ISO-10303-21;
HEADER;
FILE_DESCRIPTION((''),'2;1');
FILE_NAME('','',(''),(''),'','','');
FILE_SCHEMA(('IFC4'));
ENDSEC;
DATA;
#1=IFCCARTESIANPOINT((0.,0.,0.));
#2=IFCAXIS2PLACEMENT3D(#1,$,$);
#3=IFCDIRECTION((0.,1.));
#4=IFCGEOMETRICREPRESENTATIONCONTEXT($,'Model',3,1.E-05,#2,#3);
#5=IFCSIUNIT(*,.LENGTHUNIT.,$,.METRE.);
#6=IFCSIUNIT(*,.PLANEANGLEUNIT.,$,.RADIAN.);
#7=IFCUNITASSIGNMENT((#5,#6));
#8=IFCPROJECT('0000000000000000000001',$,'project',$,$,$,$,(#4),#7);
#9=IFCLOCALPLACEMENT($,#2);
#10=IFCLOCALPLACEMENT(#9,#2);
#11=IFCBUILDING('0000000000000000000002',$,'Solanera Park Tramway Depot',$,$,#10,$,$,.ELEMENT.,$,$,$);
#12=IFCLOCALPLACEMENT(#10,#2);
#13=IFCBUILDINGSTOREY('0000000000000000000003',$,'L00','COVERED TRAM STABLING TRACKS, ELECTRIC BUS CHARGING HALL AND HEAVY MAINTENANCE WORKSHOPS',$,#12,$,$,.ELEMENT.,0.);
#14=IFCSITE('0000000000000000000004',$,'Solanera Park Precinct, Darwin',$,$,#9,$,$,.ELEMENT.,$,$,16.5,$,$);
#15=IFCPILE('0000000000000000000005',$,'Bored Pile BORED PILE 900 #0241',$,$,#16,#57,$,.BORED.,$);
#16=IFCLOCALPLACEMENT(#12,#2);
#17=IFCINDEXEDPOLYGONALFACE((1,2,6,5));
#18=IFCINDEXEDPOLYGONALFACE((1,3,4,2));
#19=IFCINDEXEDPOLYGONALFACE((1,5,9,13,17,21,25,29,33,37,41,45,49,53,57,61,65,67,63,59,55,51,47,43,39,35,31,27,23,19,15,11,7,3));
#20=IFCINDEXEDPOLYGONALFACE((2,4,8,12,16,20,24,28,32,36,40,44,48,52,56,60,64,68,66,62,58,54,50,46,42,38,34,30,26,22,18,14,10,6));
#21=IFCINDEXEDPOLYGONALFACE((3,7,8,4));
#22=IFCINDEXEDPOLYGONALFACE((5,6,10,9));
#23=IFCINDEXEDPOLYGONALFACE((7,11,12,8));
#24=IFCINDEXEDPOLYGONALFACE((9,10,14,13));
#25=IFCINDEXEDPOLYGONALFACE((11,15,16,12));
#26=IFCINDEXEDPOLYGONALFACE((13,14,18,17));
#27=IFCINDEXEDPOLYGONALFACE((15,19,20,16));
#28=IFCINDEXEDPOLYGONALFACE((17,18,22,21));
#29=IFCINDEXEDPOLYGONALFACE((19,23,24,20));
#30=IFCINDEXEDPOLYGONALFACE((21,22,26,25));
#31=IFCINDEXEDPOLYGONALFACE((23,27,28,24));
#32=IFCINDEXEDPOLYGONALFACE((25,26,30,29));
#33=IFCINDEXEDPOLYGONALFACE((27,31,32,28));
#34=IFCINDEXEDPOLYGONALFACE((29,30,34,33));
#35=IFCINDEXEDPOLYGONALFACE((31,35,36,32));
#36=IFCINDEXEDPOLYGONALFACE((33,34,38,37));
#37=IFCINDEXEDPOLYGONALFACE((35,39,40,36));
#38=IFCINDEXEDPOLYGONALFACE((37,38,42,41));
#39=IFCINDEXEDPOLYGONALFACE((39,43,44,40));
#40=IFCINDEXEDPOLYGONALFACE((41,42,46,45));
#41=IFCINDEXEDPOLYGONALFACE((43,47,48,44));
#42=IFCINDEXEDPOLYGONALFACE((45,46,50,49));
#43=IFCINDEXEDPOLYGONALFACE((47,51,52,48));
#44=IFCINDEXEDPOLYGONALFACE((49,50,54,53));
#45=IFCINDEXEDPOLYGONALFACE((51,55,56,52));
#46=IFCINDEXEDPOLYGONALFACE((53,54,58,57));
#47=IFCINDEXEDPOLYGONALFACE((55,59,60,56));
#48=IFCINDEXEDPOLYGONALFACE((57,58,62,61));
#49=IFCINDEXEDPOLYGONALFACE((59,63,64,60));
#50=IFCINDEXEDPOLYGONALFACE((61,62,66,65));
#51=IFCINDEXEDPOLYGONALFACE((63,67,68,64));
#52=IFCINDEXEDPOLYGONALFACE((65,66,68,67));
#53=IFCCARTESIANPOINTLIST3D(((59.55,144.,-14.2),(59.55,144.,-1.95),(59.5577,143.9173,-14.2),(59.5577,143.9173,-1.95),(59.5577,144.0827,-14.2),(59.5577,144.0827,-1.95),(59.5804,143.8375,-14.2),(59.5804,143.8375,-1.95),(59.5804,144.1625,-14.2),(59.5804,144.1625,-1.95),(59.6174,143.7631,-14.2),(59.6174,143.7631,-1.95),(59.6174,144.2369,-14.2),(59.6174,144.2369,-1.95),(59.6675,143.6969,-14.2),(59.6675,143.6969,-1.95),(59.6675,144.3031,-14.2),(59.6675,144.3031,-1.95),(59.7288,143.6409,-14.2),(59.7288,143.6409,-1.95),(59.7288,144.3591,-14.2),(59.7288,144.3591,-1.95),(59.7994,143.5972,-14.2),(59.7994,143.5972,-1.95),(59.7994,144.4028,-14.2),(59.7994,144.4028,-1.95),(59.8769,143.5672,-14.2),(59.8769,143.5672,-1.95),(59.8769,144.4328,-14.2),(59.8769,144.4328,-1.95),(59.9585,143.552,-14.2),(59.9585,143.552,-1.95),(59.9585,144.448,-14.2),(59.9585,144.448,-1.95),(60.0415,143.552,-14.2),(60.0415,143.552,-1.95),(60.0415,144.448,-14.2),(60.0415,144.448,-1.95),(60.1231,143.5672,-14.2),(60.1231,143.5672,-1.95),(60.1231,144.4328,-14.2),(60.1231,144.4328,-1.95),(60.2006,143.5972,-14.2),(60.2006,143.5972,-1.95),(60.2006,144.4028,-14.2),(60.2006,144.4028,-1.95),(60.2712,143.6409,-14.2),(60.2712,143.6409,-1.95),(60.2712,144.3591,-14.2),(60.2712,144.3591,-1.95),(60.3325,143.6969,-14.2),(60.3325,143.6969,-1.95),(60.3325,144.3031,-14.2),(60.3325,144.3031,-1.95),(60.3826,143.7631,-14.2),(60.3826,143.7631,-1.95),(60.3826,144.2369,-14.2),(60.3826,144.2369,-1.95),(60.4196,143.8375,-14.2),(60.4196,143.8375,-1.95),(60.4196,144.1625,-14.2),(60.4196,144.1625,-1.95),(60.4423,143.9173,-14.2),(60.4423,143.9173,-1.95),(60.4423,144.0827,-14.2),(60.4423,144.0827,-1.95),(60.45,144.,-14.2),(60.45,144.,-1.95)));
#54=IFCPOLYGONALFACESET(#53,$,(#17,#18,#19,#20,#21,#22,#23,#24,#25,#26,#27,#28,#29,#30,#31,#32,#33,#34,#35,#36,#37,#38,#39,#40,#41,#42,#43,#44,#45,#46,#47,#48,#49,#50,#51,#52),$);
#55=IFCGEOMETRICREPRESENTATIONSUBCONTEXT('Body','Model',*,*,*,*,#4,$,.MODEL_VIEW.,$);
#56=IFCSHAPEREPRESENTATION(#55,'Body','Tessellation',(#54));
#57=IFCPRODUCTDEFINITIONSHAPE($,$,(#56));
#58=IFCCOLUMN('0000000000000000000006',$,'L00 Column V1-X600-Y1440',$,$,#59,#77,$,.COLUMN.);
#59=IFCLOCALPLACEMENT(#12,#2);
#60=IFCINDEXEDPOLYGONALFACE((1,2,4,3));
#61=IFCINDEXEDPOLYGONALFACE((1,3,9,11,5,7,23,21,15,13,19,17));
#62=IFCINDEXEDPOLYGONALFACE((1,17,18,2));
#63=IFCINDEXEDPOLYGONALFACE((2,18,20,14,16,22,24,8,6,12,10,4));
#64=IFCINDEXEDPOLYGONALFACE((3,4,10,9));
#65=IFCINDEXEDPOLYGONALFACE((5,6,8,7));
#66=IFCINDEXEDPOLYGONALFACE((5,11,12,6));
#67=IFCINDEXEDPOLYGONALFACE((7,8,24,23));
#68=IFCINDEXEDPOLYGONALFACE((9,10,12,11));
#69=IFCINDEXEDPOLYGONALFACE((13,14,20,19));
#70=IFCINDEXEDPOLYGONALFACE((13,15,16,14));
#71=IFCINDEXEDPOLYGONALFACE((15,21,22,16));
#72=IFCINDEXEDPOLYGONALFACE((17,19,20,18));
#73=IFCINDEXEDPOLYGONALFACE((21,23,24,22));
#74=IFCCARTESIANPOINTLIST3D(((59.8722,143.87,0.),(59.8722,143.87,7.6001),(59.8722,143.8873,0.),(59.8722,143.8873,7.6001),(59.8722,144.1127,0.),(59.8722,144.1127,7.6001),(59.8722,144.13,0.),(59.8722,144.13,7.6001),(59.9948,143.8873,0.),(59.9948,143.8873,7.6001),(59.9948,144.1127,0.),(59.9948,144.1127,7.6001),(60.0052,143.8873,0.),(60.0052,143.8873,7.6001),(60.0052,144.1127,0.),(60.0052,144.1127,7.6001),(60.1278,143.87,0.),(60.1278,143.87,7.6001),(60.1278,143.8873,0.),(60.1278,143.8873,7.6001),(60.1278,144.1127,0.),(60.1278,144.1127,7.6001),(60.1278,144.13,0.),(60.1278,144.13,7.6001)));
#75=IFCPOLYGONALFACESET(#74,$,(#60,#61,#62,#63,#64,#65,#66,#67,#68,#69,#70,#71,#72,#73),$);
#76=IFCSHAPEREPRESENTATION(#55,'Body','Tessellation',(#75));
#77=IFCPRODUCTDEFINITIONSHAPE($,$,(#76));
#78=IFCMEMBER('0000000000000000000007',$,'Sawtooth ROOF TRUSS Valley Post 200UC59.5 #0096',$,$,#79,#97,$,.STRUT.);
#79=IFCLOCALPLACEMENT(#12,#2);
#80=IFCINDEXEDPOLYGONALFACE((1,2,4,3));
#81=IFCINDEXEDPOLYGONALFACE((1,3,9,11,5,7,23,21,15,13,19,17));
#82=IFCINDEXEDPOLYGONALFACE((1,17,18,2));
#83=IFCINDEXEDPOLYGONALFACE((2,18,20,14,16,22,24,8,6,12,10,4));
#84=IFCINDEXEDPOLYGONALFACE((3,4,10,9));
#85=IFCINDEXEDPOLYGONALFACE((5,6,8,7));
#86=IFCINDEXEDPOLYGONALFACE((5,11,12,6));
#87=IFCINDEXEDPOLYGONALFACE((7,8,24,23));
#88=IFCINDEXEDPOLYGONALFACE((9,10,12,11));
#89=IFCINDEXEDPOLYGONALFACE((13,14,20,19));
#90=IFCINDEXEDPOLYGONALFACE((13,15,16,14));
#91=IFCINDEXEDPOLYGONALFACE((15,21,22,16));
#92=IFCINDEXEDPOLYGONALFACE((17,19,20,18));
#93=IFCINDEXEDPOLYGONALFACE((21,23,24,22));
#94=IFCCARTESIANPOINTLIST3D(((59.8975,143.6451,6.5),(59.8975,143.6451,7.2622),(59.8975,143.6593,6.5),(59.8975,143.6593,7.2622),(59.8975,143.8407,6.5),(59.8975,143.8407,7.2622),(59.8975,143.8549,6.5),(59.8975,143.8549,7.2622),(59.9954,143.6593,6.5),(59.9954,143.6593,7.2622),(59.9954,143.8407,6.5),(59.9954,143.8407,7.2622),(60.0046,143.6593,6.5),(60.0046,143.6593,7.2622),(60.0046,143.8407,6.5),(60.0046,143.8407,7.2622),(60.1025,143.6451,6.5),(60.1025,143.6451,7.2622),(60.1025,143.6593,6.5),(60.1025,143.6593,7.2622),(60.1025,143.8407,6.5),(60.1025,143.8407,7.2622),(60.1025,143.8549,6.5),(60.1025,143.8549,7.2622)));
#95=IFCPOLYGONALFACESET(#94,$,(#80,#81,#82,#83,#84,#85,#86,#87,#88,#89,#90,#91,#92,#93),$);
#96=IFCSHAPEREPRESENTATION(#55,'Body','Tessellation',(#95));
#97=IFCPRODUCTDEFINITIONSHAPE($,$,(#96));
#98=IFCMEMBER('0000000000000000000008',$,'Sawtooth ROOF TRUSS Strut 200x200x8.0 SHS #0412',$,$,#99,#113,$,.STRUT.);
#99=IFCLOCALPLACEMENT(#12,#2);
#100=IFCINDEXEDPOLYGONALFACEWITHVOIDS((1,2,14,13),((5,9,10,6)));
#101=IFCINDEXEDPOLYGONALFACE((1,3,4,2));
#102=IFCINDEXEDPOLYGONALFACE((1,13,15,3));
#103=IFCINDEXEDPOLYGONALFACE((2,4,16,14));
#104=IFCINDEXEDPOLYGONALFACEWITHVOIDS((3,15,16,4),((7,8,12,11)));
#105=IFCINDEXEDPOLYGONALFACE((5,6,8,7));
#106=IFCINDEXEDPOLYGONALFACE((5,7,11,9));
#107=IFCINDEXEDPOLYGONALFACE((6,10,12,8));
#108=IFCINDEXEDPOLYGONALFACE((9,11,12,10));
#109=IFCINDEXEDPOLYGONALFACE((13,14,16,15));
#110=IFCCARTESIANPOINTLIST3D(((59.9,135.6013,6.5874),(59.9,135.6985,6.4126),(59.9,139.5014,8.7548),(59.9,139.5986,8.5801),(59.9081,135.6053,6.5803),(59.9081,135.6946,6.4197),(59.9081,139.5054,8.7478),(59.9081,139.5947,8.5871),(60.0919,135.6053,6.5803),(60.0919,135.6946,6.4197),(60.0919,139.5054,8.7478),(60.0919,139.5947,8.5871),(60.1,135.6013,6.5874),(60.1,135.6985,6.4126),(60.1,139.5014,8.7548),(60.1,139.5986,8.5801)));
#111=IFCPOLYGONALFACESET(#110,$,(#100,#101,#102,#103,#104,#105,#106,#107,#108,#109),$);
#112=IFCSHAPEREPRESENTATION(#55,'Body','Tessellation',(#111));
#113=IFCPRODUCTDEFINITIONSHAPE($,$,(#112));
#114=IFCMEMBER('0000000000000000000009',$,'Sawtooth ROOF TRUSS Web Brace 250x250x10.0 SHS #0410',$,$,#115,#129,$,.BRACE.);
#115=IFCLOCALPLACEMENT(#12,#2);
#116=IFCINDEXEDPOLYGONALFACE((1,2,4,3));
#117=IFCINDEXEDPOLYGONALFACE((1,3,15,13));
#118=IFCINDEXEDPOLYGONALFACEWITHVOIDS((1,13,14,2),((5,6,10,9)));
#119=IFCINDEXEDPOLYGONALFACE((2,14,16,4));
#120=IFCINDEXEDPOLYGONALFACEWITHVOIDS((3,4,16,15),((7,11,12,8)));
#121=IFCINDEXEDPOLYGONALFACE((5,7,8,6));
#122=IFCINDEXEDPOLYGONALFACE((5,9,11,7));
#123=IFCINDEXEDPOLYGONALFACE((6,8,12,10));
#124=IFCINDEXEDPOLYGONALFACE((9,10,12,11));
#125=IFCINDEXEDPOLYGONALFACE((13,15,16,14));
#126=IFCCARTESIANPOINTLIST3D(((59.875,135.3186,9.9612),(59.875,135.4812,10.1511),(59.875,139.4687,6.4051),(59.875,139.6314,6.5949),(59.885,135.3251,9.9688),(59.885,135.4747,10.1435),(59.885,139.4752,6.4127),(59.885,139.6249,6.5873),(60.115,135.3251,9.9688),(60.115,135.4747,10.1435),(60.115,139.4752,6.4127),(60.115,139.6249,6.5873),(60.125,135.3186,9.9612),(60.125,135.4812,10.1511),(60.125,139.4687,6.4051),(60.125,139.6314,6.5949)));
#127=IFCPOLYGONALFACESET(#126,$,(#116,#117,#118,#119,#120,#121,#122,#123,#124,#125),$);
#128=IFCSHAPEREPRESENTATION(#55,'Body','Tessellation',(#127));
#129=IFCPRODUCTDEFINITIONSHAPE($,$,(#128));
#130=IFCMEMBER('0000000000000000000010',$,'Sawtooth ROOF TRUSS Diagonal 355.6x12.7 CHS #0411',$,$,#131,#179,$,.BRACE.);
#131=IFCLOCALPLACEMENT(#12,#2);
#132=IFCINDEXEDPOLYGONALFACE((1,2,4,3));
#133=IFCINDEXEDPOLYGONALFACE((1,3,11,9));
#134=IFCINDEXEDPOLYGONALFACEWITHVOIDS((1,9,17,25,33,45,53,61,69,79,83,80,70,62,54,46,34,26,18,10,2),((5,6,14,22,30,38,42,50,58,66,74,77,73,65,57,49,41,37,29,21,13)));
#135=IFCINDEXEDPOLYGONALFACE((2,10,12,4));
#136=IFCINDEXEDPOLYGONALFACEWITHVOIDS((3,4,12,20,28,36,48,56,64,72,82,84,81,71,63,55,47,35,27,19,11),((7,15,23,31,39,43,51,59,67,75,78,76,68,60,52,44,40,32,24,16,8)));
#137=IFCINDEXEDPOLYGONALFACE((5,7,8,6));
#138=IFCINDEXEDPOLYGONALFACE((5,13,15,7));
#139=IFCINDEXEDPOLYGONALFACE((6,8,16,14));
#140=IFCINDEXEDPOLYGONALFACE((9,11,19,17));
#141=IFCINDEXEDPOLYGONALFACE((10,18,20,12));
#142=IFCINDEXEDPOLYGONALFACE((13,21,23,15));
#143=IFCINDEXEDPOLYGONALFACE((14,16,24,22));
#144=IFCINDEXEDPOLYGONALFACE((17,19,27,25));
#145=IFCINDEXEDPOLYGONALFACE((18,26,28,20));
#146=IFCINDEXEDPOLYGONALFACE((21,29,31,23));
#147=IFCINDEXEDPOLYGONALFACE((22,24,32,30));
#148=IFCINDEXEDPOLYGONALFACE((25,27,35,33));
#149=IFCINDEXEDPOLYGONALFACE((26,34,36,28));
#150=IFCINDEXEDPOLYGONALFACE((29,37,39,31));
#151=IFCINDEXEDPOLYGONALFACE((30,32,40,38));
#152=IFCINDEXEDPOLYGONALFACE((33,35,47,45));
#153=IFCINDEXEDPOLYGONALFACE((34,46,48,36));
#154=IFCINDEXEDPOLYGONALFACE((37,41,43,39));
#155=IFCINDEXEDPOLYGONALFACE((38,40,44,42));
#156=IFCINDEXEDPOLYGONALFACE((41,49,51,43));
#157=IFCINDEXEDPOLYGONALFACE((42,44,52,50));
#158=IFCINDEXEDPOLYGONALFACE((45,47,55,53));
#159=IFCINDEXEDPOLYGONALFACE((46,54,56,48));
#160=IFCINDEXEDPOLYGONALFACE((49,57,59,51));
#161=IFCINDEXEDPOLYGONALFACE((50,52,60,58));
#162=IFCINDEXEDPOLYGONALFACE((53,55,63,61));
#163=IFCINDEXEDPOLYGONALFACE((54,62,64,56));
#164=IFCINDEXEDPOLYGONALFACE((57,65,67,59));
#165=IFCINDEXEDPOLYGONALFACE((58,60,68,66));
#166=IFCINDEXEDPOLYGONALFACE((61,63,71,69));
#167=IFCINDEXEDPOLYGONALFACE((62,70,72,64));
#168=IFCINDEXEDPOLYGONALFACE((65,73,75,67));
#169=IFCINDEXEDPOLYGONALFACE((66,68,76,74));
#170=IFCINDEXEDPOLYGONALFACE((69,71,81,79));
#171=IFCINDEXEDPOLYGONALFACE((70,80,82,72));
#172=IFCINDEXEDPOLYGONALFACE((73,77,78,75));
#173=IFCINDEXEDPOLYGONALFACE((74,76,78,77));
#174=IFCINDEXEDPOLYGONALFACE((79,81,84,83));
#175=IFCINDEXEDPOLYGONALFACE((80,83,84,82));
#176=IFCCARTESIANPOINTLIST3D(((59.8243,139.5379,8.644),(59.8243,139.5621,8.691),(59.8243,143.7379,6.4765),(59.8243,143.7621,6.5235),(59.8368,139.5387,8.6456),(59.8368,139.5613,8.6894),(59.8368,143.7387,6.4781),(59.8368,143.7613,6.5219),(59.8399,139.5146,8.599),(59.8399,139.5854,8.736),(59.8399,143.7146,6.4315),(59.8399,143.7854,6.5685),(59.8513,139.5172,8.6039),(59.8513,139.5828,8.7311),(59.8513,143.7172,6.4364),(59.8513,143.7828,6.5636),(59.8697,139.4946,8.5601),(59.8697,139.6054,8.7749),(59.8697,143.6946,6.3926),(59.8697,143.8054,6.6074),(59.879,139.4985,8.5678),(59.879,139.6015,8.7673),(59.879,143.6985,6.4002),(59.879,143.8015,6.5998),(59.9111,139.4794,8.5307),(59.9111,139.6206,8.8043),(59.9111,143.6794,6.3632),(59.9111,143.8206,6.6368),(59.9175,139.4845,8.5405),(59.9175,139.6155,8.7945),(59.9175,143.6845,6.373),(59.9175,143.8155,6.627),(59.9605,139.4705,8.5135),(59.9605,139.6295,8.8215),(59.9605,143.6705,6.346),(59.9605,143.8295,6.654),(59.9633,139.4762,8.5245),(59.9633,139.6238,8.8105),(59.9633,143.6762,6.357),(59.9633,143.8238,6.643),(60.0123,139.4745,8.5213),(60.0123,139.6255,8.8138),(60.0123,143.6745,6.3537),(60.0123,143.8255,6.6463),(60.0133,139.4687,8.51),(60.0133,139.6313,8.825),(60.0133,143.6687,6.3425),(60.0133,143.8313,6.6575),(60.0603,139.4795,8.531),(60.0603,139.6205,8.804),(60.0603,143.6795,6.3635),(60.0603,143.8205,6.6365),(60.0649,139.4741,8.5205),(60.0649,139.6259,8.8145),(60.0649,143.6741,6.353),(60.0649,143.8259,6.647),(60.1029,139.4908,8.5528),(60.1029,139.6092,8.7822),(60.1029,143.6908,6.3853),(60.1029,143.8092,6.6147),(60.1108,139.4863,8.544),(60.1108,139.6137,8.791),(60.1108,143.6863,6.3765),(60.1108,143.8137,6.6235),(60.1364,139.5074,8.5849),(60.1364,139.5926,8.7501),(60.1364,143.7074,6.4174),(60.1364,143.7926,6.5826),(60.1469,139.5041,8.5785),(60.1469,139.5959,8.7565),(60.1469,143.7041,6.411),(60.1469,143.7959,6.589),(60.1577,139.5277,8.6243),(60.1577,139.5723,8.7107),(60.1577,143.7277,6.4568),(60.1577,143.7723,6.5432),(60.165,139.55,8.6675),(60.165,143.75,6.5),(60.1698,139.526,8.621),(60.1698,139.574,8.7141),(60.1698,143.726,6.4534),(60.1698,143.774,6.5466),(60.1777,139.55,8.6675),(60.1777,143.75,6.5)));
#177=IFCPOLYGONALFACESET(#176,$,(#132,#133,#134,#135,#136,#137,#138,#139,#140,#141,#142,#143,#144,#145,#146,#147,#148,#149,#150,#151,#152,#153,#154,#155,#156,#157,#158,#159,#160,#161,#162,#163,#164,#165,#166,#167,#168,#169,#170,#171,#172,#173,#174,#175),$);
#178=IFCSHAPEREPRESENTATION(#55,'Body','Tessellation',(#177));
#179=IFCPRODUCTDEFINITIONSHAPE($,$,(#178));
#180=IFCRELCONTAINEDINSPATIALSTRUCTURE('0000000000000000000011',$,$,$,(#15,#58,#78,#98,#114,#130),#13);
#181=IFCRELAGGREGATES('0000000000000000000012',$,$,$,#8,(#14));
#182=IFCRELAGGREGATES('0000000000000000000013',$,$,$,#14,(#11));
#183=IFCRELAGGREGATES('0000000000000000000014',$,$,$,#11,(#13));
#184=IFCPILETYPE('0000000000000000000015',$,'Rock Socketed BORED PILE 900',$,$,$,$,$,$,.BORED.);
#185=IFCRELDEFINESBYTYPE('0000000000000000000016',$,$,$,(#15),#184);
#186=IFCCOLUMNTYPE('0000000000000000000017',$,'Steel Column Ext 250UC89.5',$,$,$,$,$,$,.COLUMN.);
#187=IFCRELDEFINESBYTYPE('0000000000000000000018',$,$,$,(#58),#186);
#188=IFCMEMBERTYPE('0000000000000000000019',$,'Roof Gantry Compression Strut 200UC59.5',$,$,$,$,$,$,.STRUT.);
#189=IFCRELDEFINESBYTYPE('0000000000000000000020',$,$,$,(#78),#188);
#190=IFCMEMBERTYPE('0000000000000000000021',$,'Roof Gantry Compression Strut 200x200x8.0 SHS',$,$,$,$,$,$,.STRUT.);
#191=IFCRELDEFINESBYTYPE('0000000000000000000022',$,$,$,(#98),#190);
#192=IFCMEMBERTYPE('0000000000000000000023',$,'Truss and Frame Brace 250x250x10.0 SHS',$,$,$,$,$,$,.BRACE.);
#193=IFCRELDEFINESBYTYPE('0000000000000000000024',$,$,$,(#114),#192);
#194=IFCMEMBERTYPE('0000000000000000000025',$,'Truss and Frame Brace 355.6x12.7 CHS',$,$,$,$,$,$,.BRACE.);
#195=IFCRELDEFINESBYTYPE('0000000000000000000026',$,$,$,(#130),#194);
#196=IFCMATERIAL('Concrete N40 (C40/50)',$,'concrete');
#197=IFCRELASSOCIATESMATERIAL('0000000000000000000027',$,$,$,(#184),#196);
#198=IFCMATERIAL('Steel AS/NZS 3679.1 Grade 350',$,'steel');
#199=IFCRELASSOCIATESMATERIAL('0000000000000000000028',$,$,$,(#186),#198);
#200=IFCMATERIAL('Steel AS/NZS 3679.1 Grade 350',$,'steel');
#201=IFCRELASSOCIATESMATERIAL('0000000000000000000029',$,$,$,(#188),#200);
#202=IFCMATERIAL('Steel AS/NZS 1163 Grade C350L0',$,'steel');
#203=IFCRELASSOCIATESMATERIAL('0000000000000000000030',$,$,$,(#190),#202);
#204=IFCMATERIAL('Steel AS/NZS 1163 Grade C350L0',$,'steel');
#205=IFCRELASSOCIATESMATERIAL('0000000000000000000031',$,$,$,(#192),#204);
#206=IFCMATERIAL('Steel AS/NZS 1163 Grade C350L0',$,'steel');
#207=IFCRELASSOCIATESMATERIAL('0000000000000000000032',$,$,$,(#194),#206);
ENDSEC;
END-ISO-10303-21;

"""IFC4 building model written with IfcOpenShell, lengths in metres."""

from ifc_helpers import new_model, si_unit, direction, frame, origin, origin_2d, place, context, subcontext, project, spatial, hollow_rectangle, circle, hollow_circle, i_section, extrude, material, material_profile, profile_set, type_object, element, save


model = new_model("IFC4")

# Units and contexts
model_context = context("Model", 3, precision=1e-05, world=origin(), true_north=direction((0.0, 1.0)))
body_context = subcontext(model_context, "Body", "Model", "MODEL_VIEW")
ifc_project = project(units=[si_unit("LENGTHUNIT", "METRE"), si_unit("PLANEANGLEUNIT", "RADIAN")], contexts=[model_context])

# Site, building, storey
site_placement = place(None, origin())
site = spatial("IfcSite", under=ifc_project, at=site_placement, Name="Solanera Park Precinct, Darwin", CompositionType="ELEMENT", RefElevation=16.5)
building_placement = place(site_placement, origin())
building = spatial("IfcBuilding", under=site, at=building_placement, Name="Solanera Park Tramway Depot", CompositionType="ELEMENT")
storey_placement = place(building_placement, origin())
storey = spatial("IfcBuildingStorey", under=building, at=storey_placement, Name="L00", Description="COVERED TRAM STABLING TRACKS, ELECTRIC BUS CHARGING HALL AND HEAVY MAINTENANCE WORKSHOPS", CompositionType="ELEMENT", Elevation=0.0)

# Pile
ifc_material_1 = material(Name="Concrete N40 (C40/50)", Category="concrete")
ifc_material_profile_1 = material_profile(ifc_material_1, circle(Radius=0.45, at=origin_2d()), Name="BORED PILE 900")
ifc_profile_set_1 = profile_set([ifc_material_profile_1], Name="Concrete N40 (C40/50)")
pile_type = type_object("IfcPileType", Name="Rock Socketed BORED PILE 900", PredefinedType="BORED", material=ifc_profile_set_1)
pile_placement = place(storey_placement, frame((60.0, 144.0, -1.95), z_axis=(0.0, 0.0, -1.0), x_axis=(1.0, 0.0, 0.0)))
element("IfcPile", 1, at=pile_placement, inside=storey, type_object=pile_type, Name="Bored Pile BORED PILE 900 #0241", PredefinedType="BORED", context=body_context, shape_type="SweptSolid", body=[
    extrude(circle(Radius=0.45, at=origin_2d()), origin(), (0.0, 0.0, 1.0), 12.25),
])

# Column
ifc_material_2 = material(Name="Steel AS/NZS 3679.1 Grade 350", Category="steel")
ifc_material_profile_2 = material_profile(ifc_material_2, i_section(OverallWidth=0.2556, OverallDepth=0.26, WebThickness=0.0105, FlangeThickness=0.0173, at=origin_2d()), Name="250UC89.5")
ifc_profile_set_2 = profile_set([ifc_material_profile_2], Name="Steel AS/NZS 3679.1 Grade 350")
column_type = type_object("IfcColumnType", Name="Steel Column Ext 250UC89.5", PredefinedType="COLUMN", material=ifc_profile_set_2)
column_placement = place(storey_placement, frame((60.0, 144.0, 0.0), z_axis=(0.0, 0.0, 1.0), x_axis=(1.0, 0.0, 0.0)))
element("IfcColumn", 2, at=column_placement, inside=storey, type_object=column_type, Name="L00 Column V1-X600-Y1440", PredefinedType="COLUMN", context=body_context, shape_type="SweptSolid", body=[
    extrude(i_section(OverallWidth=0.2556, OverallDepth=0.26, WebThickness=0.0105, FlangeThickness=0.0173, at=origin_2d()), origin(), (0.0, 0.0, 1.0), 7.6001),
])

# Members
ifc_material_3 = material(Name="Steel AS/NZS 3679.1 Grade 350", Category="steel")
ifc_material_profile_3 = material_profile(ifc_material_3, i_section(OverallWidth=0.2051, OverallDepth=0.2097, WebThickness=0.0093, FlangeThickness=0.0142, at=origin_2d()), Name="200UC59.5")
ifc_profile_set_3 = profile_set([ifc_material_profile_3], Name="Steel AS/NZS 3679.1 Grade 350")
member_type_1 = type_object("IfcMemberType", Name="Roof Gantry Compression Strut 200UC59.5", PredefinedType="STRUT", material=ifc_profile_set_3)
member_1_placement = place(storey_placement, frame((60.0, 143.75, 6.5), z_axis=(0.0, 0.0, 1.0), x_axis=(1.0, 0.0, 0.0)))
element("IfcMember", 3, at=member_1_placement, inside=storey, type_object=member_type_1, Name="Sawtooth ROOF TRUSS Valley Post 200UC59.5 #0096", PredefinedType="STRUT", context=body_context, shape_type="SweptSolid", body=[
    extrude(i_section(OverallWidth=0.2051, OverallDepth=0.2097, WebThickness=0.0093, FlangeThickness=0.0142, at=origin_2d()), origin(), (0.0, 0.0, 1.0), 0.7622),
])
ifc_material_4 = material(Name="Steel AS/NZS 1163 Grade C350L0", Category="steel")
ifc_material_profile_4 = material_profile(ifc_material_4, hollow_rectangle(XDim=0.2, YDim=0.2, WallThickness=0.0081, at=origin_2d()), Name="200x200x8.0 SHS")
ifc_profile_set_4 = profile_set([ifc_material_profile_4], Name="Steel AS/NZS 1163 Grade C350L0")
member_type_2 = type_object("IfcMemberType", Name="Roof Gantry Compression Strut 200x200x8.0 SHS", PredefinedType="STRUT", material=ifc_profile_set_4)
member_2_placement = place(storey_placement, frame((60.0, 135.6499, 6.5), z_axis=(0.0, 0.874088, 0.485768), x_axis=(-1.0, 0.0, 0.0)))
element("IfcMember", 4, at=member_2_placement, inside=storey, type_object=member_type_2, Name="Sawtooth ROOF TRUSS Strut 200x200x8.0 SHS #0412", PredefinedType="STRUT", context=body_context, shape_type="SweptSolid", body=[
    extrude(hollow_rectangle(XDim=0.2, YDim=0.2, WallThickness=0.0081, at=origin_2d()), origin(), (0.0, 0.0, 1.0), 4.4619),
])
ifc_material_5 = material(Name="Steel AS/NZS 1163 Grade C350L0", Category="steel")
ifc_material_profile_5 = material_profile(ifc_material_5, hollow_rectangle(XDim=0.25, YDim=0.25, WallThickness=0.01, at=origin_2d()), Name="250x250x10.0 SHS")
ifc_profile_set_5 = profile_set([ifc_material_profile_5], Name="Steel AS/NZS 1163 Grade C350L0")
member_type_3 = type_object("IfcMemberType", Name="Truss and Frame Brace 250x250x10.0 SHS", PredefinedType="BRACE", material=ifc_profile_set_5)
member_3_placement = place(storey_placement, frame((60.0, 139.55, 6.5), z_axis=(0.0, -0.759357, 0.650674), x_axis=(1.0, 0.0, 0.0)))
element("IfcMember", 5, at=member_3_placement, inside=storey, type_object=member_type_3, Name="Sawtooth ROOF TRUSS Web Brace 250x250x10.0 SHS #0410", PredefinedType="BRACE", context=body_context, shape_type="SweptSolid", body=[
    extrude(hollow_rectangle(XDim=0.25, YDim=0.25, WallThickness=0.01, at=origin_2d()), origin(), (0.0, 0.0, 1.0), 5.4653),
])
ifc_material_6 = material(Name="Steel AS/NZS 1163 Grade C350L0", Category="steel")
ifc_material_profile_6 = material_profile(ifc_material_6, hollow_circle(Radius=0.1777, WallThickness=0.0127, at=origin_2d()), Name="355.6x12.7 CHS")
ifc_profile_set_6 = profile_set([ifc_material_profile_6], Name="Steel AS/NZS 1163 Grade C350L0")
member_type_4 = type_object("IfcMemberType", Name="Truss and Frame Brace 355.6x12.7 CHS", PredefinedType="BRACE", material=ifc_profile_set_6)
member_4_placement = place(storey_placement, frame((60.0, 143.75, 6.5), z_axis=(0.0, -0.888641, 0.458603), x_axis=(1.0, 0.0, 0.0)))
element("IfcMember", 6, at=member_4_placement, inside=storey, type_object=member_type_4, Name="Sawtooth ROOF TRUSS Diagonal 355.6x12.7 CHS #0411", PredefinedType="BRACE", context=body_context, shape_type="SweptSolid", body=[
    extrude(hollow_circle(Radius=0.1777, WallThickness=0.0127, at=origin_2d()), origin(), (0.0, 0.0, 1.0), 4.7263),
])

save(model, "model.ifc")
